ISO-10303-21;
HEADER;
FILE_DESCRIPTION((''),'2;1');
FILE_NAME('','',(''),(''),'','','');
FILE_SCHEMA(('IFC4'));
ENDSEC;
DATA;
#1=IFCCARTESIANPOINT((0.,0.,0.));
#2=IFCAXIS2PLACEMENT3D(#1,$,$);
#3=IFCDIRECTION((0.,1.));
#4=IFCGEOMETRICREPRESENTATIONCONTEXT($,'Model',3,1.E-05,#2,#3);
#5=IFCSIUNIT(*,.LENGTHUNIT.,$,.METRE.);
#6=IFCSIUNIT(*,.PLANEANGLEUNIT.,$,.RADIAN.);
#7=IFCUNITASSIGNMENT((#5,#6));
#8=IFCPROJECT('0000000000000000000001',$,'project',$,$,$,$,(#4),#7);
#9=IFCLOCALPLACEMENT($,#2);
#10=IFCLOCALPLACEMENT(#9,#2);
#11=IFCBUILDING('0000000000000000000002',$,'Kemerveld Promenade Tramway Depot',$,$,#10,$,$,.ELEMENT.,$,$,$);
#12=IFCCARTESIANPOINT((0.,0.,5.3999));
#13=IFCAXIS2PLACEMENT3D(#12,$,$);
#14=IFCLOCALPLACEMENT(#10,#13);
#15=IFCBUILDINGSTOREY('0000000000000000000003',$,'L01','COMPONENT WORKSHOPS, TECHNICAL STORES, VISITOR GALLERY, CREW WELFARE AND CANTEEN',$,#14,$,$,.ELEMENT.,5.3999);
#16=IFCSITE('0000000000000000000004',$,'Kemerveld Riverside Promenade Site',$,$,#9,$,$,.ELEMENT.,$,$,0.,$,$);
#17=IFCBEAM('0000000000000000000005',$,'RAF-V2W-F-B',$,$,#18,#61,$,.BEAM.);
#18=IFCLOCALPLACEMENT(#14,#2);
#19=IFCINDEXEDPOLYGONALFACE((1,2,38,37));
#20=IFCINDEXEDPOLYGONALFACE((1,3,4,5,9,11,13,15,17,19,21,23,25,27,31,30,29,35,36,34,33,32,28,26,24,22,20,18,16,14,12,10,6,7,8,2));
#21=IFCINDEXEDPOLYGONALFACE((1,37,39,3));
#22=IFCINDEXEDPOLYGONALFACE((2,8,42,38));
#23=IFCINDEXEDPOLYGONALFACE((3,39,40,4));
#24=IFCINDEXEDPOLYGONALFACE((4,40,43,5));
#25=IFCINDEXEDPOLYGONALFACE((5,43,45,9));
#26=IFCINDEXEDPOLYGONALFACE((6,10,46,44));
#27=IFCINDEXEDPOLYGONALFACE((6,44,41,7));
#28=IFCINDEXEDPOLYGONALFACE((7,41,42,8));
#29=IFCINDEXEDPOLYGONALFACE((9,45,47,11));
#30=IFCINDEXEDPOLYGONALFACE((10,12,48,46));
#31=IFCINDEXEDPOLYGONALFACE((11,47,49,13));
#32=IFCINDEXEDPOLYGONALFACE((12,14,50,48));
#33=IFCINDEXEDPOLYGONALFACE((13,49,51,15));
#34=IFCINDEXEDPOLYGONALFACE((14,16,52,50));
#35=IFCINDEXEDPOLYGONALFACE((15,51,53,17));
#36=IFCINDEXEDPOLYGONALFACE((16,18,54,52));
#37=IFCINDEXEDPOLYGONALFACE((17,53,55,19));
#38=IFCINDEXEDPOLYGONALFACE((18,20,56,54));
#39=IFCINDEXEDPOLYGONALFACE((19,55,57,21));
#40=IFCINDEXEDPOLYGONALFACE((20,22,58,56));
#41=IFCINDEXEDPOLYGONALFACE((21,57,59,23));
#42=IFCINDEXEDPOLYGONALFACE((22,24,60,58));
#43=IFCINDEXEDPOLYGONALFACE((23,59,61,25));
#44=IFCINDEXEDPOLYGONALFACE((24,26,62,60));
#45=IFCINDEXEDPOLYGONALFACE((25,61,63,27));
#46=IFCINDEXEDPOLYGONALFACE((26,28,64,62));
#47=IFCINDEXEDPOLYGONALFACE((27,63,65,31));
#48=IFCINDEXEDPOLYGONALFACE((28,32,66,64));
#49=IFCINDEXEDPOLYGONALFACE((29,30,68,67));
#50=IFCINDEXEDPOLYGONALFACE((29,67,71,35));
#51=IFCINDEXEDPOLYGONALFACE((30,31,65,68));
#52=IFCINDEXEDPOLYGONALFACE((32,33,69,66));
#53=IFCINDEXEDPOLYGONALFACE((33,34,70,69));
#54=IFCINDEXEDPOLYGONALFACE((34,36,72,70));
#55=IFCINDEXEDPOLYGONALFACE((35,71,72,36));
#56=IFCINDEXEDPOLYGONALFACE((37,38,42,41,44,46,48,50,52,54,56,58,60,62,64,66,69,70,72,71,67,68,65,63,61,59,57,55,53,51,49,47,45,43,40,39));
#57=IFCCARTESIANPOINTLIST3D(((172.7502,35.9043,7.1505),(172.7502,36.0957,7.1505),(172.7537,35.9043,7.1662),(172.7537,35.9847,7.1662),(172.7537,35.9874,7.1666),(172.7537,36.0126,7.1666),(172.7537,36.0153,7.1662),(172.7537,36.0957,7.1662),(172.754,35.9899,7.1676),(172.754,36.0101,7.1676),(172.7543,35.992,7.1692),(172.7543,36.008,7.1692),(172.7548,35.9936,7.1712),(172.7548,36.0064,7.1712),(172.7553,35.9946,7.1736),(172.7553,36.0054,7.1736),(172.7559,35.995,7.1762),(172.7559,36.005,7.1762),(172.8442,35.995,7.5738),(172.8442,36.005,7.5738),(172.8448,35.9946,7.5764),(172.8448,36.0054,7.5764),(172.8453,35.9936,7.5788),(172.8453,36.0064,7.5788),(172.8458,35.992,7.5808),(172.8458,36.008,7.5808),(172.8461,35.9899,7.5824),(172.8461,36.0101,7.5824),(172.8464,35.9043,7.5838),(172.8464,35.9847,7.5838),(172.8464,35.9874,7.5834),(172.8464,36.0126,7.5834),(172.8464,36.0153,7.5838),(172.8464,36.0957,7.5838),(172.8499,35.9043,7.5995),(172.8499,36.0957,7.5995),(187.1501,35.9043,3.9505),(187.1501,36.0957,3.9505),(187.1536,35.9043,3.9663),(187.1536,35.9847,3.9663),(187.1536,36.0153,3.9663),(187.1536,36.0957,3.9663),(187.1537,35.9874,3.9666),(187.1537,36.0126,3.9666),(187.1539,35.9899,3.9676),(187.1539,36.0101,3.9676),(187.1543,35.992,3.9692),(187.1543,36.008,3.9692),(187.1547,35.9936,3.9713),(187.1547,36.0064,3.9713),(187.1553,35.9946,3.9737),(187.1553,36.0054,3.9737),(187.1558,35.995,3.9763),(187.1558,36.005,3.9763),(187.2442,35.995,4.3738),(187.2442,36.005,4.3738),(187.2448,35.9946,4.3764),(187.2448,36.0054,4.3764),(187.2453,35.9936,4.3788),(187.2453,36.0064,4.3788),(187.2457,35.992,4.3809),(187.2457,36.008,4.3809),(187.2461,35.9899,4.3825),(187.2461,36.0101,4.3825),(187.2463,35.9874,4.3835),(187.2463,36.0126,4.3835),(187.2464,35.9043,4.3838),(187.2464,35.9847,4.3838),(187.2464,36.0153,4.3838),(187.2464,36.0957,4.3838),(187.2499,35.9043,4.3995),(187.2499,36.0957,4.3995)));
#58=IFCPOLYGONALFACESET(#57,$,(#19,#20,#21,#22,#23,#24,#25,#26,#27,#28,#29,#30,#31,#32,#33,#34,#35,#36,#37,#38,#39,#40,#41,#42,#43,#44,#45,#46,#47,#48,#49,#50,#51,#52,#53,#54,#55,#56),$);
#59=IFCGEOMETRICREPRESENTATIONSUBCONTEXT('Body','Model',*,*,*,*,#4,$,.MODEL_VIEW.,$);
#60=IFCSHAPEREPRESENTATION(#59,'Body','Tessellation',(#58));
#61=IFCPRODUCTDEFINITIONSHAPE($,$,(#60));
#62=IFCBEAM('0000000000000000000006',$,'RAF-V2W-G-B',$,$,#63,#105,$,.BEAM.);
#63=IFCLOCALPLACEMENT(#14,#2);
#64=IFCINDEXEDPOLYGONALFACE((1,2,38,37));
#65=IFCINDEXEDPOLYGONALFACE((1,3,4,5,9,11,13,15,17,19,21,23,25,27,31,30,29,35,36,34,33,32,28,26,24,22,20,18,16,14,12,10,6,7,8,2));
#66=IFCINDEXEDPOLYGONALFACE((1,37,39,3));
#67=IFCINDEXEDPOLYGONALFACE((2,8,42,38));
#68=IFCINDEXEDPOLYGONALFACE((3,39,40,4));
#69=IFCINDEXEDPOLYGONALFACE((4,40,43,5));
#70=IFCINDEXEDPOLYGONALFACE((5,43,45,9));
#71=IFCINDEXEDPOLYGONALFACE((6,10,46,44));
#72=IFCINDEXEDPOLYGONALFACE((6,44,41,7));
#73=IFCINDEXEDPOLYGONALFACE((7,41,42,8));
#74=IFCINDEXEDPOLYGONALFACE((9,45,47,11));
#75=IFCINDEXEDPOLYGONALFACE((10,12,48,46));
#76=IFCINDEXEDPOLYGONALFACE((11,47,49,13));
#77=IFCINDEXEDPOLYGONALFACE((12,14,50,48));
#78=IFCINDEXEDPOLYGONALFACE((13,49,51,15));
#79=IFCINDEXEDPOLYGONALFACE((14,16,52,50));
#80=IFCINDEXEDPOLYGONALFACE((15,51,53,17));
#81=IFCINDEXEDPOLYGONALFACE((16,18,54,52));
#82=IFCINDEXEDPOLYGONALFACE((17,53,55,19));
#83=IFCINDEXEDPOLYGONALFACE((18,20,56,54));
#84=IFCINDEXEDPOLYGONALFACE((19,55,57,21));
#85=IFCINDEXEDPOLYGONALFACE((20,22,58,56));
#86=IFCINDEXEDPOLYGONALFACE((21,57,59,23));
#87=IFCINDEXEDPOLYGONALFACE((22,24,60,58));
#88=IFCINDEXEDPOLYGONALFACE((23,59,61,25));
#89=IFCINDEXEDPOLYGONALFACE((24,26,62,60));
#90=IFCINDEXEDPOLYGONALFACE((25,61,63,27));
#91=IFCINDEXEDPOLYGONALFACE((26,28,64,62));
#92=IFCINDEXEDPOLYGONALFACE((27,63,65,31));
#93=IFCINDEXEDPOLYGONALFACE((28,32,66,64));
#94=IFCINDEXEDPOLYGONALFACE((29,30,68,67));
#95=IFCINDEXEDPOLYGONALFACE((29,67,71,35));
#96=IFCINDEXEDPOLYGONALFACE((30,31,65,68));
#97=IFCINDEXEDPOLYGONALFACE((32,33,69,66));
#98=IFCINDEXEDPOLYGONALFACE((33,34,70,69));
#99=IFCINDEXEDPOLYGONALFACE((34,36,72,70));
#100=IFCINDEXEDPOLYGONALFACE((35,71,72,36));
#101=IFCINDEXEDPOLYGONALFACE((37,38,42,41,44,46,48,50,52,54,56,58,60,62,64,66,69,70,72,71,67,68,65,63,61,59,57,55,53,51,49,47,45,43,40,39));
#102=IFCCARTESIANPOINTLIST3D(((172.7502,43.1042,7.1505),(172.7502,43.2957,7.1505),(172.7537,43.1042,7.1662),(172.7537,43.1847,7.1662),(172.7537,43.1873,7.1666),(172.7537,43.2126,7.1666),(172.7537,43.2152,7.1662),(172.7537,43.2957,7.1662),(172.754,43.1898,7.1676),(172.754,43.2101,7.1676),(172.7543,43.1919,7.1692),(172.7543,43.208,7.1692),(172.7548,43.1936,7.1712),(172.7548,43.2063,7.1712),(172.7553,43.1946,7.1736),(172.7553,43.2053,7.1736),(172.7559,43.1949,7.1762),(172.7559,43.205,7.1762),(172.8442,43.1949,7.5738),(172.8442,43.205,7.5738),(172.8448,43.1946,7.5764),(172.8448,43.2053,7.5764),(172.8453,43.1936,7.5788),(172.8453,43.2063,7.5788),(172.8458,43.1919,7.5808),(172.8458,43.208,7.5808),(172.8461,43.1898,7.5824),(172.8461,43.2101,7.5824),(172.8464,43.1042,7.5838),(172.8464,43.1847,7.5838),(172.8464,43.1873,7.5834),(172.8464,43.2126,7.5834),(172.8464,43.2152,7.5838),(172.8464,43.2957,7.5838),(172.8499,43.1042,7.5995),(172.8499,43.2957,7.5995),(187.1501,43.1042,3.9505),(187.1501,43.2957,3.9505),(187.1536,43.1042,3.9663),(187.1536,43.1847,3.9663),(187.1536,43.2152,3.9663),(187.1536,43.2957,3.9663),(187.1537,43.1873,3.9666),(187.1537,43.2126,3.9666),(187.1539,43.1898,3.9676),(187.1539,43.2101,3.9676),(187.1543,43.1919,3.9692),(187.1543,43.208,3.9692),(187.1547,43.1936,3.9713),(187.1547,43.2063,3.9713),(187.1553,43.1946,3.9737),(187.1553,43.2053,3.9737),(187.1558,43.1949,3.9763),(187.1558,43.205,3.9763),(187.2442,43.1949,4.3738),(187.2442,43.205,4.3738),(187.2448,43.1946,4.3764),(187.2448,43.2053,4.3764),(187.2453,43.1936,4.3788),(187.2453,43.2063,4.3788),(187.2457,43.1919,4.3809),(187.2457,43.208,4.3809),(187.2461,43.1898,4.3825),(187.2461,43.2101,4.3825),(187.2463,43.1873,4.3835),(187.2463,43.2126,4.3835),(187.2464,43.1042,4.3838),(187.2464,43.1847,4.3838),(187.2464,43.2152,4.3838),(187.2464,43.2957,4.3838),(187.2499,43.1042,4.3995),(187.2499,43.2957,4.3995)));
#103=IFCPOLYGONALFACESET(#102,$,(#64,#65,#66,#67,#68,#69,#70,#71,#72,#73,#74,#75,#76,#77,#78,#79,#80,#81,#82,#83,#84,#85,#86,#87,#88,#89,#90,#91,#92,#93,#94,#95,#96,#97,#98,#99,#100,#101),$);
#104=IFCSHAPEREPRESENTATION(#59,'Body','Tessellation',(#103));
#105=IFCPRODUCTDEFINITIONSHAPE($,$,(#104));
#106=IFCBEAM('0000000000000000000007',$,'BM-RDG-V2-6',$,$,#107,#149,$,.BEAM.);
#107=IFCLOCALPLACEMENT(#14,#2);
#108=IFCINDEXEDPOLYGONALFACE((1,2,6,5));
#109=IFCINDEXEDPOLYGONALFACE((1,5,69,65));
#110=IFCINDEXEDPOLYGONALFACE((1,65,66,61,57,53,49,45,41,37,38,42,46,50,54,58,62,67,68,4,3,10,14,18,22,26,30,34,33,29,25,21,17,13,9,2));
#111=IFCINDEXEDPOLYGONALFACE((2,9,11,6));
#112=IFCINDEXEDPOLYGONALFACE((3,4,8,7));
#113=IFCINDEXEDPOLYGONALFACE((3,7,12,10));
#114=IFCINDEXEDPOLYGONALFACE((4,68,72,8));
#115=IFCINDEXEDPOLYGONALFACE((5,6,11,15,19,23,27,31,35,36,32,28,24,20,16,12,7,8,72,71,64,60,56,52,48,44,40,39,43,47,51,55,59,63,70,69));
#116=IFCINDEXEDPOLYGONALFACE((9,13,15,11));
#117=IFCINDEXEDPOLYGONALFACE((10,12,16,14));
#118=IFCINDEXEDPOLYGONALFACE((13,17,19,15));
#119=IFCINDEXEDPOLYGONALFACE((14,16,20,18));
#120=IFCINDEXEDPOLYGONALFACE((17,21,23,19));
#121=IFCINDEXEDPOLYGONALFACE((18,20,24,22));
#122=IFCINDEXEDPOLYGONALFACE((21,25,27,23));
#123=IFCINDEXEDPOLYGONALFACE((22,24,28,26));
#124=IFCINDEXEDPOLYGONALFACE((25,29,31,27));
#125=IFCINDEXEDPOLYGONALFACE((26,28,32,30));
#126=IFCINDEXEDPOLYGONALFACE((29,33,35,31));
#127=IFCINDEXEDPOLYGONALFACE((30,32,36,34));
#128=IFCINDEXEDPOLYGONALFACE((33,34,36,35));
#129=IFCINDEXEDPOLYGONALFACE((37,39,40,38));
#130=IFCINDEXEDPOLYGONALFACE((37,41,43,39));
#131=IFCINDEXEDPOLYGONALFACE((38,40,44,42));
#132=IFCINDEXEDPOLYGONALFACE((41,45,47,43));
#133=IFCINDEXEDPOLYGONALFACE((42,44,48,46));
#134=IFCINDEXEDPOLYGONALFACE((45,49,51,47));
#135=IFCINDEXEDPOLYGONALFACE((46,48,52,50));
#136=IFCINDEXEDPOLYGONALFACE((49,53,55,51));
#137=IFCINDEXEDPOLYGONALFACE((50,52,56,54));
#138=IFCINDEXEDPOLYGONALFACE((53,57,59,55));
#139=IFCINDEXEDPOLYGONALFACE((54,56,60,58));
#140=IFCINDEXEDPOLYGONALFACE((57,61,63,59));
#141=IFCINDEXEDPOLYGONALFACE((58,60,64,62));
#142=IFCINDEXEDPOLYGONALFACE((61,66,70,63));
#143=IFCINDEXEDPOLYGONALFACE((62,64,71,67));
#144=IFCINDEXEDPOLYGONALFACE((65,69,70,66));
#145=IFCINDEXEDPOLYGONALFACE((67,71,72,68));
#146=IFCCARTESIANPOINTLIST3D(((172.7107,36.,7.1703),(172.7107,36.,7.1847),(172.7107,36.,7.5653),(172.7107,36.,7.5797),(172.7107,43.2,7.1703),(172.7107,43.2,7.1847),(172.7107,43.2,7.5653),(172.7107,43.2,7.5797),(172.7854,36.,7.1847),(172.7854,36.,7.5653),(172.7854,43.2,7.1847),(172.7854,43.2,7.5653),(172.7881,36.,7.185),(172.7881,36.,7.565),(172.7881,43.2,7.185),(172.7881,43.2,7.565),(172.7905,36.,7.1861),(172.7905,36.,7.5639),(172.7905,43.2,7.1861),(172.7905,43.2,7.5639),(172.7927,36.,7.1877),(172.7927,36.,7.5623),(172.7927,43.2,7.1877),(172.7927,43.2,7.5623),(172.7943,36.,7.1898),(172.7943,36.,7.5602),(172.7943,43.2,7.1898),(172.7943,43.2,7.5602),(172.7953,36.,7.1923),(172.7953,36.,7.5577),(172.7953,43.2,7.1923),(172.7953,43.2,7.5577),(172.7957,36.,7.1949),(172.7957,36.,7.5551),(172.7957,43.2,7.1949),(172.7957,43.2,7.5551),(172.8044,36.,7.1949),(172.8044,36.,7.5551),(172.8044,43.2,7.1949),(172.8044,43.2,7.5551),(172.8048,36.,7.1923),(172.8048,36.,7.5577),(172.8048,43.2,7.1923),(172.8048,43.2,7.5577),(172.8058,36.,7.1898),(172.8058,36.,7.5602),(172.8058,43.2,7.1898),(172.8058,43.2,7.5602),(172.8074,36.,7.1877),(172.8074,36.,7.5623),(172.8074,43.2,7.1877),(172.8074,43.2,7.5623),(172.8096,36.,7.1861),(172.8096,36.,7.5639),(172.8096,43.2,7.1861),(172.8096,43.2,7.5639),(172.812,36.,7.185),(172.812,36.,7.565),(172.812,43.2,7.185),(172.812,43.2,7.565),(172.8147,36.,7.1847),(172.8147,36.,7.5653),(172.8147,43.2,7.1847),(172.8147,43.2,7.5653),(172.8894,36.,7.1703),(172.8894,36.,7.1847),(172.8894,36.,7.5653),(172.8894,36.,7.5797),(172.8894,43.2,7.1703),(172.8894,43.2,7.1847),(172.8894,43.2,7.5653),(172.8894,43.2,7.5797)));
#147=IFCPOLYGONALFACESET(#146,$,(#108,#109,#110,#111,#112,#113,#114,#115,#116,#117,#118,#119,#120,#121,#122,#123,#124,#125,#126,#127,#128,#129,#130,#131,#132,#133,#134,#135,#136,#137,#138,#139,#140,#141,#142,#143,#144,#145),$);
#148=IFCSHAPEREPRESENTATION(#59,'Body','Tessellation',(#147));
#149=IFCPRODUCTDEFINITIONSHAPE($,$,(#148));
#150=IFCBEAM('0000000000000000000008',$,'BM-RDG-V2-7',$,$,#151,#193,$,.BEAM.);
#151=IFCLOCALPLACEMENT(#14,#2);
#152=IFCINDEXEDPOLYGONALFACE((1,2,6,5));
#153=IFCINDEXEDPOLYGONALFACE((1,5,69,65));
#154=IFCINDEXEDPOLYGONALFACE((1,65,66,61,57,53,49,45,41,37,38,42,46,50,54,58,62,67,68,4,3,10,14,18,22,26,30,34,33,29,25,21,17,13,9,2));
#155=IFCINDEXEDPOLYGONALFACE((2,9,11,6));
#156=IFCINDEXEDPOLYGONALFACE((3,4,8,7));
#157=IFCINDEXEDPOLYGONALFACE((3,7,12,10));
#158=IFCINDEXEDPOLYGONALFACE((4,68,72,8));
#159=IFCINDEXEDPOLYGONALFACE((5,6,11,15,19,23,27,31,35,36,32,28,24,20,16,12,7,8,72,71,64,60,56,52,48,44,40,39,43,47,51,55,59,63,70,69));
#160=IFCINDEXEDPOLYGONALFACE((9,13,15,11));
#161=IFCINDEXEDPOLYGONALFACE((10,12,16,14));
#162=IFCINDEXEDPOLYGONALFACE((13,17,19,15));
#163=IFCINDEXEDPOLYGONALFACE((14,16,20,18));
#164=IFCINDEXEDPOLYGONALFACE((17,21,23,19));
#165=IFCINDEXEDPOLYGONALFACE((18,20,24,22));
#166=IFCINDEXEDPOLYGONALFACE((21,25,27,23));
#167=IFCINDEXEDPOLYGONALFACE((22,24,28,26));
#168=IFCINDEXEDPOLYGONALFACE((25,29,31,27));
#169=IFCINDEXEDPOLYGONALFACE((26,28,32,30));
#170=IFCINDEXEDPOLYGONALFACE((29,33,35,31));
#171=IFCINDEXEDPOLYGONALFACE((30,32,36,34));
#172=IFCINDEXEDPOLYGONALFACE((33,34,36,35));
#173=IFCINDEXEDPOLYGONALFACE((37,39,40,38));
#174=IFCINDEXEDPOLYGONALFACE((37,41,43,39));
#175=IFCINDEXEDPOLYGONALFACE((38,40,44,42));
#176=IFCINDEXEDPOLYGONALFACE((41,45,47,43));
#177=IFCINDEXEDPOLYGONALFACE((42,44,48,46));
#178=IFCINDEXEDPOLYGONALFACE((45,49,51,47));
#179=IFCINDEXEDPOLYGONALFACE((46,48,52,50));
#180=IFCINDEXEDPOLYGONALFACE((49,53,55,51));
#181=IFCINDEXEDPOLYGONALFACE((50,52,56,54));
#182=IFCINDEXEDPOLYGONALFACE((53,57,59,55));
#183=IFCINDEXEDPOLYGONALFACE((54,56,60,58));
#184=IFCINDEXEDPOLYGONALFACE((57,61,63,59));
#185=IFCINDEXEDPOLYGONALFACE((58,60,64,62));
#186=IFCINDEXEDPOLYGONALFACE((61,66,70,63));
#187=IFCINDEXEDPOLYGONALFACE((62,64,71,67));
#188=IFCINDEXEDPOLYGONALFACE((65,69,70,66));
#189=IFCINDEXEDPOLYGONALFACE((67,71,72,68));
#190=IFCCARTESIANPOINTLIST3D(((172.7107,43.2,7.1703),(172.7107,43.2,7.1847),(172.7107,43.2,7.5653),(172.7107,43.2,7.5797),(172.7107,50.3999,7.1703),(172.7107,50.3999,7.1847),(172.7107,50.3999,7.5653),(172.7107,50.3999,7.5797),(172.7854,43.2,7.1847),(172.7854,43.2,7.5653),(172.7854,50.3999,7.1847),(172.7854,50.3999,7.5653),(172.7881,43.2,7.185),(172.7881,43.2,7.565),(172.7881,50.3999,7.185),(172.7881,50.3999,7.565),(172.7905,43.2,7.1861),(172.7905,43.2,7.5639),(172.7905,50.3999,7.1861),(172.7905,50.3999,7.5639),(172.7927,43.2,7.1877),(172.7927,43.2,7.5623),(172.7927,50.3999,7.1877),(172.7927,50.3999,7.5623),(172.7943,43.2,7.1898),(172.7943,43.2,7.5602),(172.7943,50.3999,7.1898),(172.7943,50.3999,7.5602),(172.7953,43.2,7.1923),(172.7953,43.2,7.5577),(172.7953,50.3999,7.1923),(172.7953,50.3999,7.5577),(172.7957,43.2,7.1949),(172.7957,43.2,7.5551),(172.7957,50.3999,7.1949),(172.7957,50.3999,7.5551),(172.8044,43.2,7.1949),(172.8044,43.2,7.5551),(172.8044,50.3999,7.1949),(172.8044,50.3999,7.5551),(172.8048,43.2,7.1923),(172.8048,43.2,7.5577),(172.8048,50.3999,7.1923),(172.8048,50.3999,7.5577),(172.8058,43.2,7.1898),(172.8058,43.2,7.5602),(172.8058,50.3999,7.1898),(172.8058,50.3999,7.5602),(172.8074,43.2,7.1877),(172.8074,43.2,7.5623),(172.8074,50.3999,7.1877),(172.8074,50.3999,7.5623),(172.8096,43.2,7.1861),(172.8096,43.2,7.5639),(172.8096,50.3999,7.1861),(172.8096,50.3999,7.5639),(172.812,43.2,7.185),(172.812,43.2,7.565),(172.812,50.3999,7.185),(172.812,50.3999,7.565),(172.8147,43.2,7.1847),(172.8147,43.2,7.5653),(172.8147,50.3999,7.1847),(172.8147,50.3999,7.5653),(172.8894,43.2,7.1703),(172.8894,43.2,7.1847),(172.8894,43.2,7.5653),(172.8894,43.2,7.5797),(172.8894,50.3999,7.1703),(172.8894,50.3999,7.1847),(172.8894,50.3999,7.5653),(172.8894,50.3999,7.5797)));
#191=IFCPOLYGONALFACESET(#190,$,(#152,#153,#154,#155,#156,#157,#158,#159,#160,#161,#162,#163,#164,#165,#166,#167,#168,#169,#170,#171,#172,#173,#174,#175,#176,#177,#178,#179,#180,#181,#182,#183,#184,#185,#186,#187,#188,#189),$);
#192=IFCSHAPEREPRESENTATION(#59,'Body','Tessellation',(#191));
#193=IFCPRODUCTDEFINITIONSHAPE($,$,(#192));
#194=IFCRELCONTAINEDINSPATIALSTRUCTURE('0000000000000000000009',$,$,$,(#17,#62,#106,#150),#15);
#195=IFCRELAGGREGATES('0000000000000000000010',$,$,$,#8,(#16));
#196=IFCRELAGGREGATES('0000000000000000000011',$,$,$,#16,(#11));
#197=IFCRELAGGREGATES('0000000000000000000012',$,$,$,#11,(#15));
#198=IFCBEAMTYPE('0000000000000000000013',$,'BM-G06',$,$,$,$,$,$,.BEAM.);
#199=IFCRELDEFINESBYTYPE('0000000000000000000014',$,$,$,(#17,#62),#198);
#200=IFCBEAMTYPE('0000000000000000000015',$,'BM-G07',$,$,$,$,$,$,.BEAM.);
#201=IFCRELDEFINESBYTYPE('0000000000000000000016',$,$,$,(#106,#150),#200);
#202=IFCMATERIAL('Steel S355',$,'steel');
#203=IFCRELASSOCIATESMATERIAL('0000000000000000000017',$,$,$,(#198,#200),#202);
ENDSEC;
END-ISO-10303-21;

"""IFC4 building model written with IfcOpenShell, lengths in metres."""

from ifc_helpers import new_model, si_unit, direction, frame, origin, origin_2d, place, context, subcontext, project, spatial, i_section, extrude, material, material_profile, profile_set, type_object, element, save


model = new_model("IFC4")

# Units and contexts
model_context = context("Model", 3, precision=1e-05, world=origin(), true_north=direction((0.0, 1.0)))
body_context = subcontext(model_context, "Body", "Model", "MODEL_VIEW")
ifc_project = project(units=[si_unit("LENGTHUNIT", "METRE"), si_unit("PLANEANGLEUNIT", "RADIAN")], contexts=[model_context])

# Site, building, storey
site_placement = place(None, origin())
site = spatial("IfcSite", under=ifc_project, at=site_placement, Name="Kemerveld Riverside Promenade Site", CompositionType="ELEMENT", RefElevation=0.0)
building_placement = place(site_placement, origin())
building = spatial("IfcBuilding", under=site, at=building_placement, Name="Kemerveld Promenade Tramway Depot", CompositionType="ELEMENT")
storey_placement = place(building_placement, frame((0.0, 0.0, 5.3999)))
storey = spatial("IfcBuildingStorey", under=building, at=storey_placement, Name="L01", Description="COMPONENT WORKSHOPS, TECHNICAL STORES, VISITOR GALLERY, CREW WELFARE AND CANTEEN", CompositionType="ELEMENT", Elevation=5.3999)

# Shared definitions
ifc_material_1 = material(Name="Steel S355", Category="steel")

# Beams
ifc_material_profile_1 = material_profile(ifc_material_1, i_section(OverallWidth=0.1914, OverallDepth=0.46, WebThickness=0.01, FlangeThickness=0.0161, FilletRadius=0.0103, at=origin_2d()), Name="457x191x82 UB")
ifc_profile_set_1 = profile_set([ifc_material_profile_1], Name="Steel S355")
beam_type_1 = type_object("IfcBeamType", Name="BM-G06", PredefinedType="BEAM", material=ifc_profile_set_1)
for number, where, z_axis, x_axis, name in (
    (1, (172.8, 36.0, 7.375), (0.976187, 0.0, -0.216929), (0.0, 1.0, 0.0), "RAF-V2W-F-B"),
    (2, (172.8, 43.2, 7.375), (0.976187, 0.0, -0.216929), (0.0, 1.0, 0.0), "RAF-V2W-G-B"),
):
    element("IfcBeam", number, at=place(storey_placement, frame(where, z_axis=z_axis, x_axis=x_axis)), inside=storey, type_object=beam_type_1, Name=name, PredefinedType="BEAM", context=body_context, shape_type="SweptSolid", body=[
        extrude(i_section(OverallWidth=0.1914, OverallDepth=0.46, WebThickness=0.01, FlangeThickness=0.0161, FilletRadius=0.0103, at=origin_2d()), origin(), (0.0, 0.0, 1.0), 14.7512),
    ])
ifc_material_profile_2 = material_profile(ifc_material_1, i_section(OverallWidth=0.1787, OverallDepth=0.4094, WebThickness=0.0088, FlangeThickness=0.0144, FilletRadius=0.0103, at=origin_2d()), Name="406x178x67 UB")
ifc_profile_set_2 = profile_set([ifc_material_profile_2], Name="Steel S355")
beam_type_2 = type_object("IfcBeamType", Name="BM-G07", PredefinedType="BEAM", material=ifc_profile_set_2)
for number, where, z_axis, x_axis, name in (
    (3, (172.8, 36.0, 7.375), (0.0, 1.0, 0.0), (-1.0, 0.0, 0.0), "BM-RDG-V2-6"),
    (4, (172.8, 43.2, 7.375), (0.0, 1.0, 0.0), (-1.0, 0.0, 0.0), "BM-RDG-V2-7"),
):
    element("IfcBeam", number, at=place(storey_placement, frame(where, z_axis=z_axis, x_axis=x_axis)), inside=storey, type_object=beam_type_2, Name=name, PredefinedType="BEAM", context=body_context, shape_type="SweptSolid", body=[
        extrude(i_section(OverallWidth=0.1787, OverallDepth=0.4094, WebThickness=0.0088, FlangeThickness=0.0144, FilletRadius=0.0103, at=origin_2d()), origin(), (0.0, 0.0, 1.0), 7.2),
    ])

save(model, "model.ifc")
